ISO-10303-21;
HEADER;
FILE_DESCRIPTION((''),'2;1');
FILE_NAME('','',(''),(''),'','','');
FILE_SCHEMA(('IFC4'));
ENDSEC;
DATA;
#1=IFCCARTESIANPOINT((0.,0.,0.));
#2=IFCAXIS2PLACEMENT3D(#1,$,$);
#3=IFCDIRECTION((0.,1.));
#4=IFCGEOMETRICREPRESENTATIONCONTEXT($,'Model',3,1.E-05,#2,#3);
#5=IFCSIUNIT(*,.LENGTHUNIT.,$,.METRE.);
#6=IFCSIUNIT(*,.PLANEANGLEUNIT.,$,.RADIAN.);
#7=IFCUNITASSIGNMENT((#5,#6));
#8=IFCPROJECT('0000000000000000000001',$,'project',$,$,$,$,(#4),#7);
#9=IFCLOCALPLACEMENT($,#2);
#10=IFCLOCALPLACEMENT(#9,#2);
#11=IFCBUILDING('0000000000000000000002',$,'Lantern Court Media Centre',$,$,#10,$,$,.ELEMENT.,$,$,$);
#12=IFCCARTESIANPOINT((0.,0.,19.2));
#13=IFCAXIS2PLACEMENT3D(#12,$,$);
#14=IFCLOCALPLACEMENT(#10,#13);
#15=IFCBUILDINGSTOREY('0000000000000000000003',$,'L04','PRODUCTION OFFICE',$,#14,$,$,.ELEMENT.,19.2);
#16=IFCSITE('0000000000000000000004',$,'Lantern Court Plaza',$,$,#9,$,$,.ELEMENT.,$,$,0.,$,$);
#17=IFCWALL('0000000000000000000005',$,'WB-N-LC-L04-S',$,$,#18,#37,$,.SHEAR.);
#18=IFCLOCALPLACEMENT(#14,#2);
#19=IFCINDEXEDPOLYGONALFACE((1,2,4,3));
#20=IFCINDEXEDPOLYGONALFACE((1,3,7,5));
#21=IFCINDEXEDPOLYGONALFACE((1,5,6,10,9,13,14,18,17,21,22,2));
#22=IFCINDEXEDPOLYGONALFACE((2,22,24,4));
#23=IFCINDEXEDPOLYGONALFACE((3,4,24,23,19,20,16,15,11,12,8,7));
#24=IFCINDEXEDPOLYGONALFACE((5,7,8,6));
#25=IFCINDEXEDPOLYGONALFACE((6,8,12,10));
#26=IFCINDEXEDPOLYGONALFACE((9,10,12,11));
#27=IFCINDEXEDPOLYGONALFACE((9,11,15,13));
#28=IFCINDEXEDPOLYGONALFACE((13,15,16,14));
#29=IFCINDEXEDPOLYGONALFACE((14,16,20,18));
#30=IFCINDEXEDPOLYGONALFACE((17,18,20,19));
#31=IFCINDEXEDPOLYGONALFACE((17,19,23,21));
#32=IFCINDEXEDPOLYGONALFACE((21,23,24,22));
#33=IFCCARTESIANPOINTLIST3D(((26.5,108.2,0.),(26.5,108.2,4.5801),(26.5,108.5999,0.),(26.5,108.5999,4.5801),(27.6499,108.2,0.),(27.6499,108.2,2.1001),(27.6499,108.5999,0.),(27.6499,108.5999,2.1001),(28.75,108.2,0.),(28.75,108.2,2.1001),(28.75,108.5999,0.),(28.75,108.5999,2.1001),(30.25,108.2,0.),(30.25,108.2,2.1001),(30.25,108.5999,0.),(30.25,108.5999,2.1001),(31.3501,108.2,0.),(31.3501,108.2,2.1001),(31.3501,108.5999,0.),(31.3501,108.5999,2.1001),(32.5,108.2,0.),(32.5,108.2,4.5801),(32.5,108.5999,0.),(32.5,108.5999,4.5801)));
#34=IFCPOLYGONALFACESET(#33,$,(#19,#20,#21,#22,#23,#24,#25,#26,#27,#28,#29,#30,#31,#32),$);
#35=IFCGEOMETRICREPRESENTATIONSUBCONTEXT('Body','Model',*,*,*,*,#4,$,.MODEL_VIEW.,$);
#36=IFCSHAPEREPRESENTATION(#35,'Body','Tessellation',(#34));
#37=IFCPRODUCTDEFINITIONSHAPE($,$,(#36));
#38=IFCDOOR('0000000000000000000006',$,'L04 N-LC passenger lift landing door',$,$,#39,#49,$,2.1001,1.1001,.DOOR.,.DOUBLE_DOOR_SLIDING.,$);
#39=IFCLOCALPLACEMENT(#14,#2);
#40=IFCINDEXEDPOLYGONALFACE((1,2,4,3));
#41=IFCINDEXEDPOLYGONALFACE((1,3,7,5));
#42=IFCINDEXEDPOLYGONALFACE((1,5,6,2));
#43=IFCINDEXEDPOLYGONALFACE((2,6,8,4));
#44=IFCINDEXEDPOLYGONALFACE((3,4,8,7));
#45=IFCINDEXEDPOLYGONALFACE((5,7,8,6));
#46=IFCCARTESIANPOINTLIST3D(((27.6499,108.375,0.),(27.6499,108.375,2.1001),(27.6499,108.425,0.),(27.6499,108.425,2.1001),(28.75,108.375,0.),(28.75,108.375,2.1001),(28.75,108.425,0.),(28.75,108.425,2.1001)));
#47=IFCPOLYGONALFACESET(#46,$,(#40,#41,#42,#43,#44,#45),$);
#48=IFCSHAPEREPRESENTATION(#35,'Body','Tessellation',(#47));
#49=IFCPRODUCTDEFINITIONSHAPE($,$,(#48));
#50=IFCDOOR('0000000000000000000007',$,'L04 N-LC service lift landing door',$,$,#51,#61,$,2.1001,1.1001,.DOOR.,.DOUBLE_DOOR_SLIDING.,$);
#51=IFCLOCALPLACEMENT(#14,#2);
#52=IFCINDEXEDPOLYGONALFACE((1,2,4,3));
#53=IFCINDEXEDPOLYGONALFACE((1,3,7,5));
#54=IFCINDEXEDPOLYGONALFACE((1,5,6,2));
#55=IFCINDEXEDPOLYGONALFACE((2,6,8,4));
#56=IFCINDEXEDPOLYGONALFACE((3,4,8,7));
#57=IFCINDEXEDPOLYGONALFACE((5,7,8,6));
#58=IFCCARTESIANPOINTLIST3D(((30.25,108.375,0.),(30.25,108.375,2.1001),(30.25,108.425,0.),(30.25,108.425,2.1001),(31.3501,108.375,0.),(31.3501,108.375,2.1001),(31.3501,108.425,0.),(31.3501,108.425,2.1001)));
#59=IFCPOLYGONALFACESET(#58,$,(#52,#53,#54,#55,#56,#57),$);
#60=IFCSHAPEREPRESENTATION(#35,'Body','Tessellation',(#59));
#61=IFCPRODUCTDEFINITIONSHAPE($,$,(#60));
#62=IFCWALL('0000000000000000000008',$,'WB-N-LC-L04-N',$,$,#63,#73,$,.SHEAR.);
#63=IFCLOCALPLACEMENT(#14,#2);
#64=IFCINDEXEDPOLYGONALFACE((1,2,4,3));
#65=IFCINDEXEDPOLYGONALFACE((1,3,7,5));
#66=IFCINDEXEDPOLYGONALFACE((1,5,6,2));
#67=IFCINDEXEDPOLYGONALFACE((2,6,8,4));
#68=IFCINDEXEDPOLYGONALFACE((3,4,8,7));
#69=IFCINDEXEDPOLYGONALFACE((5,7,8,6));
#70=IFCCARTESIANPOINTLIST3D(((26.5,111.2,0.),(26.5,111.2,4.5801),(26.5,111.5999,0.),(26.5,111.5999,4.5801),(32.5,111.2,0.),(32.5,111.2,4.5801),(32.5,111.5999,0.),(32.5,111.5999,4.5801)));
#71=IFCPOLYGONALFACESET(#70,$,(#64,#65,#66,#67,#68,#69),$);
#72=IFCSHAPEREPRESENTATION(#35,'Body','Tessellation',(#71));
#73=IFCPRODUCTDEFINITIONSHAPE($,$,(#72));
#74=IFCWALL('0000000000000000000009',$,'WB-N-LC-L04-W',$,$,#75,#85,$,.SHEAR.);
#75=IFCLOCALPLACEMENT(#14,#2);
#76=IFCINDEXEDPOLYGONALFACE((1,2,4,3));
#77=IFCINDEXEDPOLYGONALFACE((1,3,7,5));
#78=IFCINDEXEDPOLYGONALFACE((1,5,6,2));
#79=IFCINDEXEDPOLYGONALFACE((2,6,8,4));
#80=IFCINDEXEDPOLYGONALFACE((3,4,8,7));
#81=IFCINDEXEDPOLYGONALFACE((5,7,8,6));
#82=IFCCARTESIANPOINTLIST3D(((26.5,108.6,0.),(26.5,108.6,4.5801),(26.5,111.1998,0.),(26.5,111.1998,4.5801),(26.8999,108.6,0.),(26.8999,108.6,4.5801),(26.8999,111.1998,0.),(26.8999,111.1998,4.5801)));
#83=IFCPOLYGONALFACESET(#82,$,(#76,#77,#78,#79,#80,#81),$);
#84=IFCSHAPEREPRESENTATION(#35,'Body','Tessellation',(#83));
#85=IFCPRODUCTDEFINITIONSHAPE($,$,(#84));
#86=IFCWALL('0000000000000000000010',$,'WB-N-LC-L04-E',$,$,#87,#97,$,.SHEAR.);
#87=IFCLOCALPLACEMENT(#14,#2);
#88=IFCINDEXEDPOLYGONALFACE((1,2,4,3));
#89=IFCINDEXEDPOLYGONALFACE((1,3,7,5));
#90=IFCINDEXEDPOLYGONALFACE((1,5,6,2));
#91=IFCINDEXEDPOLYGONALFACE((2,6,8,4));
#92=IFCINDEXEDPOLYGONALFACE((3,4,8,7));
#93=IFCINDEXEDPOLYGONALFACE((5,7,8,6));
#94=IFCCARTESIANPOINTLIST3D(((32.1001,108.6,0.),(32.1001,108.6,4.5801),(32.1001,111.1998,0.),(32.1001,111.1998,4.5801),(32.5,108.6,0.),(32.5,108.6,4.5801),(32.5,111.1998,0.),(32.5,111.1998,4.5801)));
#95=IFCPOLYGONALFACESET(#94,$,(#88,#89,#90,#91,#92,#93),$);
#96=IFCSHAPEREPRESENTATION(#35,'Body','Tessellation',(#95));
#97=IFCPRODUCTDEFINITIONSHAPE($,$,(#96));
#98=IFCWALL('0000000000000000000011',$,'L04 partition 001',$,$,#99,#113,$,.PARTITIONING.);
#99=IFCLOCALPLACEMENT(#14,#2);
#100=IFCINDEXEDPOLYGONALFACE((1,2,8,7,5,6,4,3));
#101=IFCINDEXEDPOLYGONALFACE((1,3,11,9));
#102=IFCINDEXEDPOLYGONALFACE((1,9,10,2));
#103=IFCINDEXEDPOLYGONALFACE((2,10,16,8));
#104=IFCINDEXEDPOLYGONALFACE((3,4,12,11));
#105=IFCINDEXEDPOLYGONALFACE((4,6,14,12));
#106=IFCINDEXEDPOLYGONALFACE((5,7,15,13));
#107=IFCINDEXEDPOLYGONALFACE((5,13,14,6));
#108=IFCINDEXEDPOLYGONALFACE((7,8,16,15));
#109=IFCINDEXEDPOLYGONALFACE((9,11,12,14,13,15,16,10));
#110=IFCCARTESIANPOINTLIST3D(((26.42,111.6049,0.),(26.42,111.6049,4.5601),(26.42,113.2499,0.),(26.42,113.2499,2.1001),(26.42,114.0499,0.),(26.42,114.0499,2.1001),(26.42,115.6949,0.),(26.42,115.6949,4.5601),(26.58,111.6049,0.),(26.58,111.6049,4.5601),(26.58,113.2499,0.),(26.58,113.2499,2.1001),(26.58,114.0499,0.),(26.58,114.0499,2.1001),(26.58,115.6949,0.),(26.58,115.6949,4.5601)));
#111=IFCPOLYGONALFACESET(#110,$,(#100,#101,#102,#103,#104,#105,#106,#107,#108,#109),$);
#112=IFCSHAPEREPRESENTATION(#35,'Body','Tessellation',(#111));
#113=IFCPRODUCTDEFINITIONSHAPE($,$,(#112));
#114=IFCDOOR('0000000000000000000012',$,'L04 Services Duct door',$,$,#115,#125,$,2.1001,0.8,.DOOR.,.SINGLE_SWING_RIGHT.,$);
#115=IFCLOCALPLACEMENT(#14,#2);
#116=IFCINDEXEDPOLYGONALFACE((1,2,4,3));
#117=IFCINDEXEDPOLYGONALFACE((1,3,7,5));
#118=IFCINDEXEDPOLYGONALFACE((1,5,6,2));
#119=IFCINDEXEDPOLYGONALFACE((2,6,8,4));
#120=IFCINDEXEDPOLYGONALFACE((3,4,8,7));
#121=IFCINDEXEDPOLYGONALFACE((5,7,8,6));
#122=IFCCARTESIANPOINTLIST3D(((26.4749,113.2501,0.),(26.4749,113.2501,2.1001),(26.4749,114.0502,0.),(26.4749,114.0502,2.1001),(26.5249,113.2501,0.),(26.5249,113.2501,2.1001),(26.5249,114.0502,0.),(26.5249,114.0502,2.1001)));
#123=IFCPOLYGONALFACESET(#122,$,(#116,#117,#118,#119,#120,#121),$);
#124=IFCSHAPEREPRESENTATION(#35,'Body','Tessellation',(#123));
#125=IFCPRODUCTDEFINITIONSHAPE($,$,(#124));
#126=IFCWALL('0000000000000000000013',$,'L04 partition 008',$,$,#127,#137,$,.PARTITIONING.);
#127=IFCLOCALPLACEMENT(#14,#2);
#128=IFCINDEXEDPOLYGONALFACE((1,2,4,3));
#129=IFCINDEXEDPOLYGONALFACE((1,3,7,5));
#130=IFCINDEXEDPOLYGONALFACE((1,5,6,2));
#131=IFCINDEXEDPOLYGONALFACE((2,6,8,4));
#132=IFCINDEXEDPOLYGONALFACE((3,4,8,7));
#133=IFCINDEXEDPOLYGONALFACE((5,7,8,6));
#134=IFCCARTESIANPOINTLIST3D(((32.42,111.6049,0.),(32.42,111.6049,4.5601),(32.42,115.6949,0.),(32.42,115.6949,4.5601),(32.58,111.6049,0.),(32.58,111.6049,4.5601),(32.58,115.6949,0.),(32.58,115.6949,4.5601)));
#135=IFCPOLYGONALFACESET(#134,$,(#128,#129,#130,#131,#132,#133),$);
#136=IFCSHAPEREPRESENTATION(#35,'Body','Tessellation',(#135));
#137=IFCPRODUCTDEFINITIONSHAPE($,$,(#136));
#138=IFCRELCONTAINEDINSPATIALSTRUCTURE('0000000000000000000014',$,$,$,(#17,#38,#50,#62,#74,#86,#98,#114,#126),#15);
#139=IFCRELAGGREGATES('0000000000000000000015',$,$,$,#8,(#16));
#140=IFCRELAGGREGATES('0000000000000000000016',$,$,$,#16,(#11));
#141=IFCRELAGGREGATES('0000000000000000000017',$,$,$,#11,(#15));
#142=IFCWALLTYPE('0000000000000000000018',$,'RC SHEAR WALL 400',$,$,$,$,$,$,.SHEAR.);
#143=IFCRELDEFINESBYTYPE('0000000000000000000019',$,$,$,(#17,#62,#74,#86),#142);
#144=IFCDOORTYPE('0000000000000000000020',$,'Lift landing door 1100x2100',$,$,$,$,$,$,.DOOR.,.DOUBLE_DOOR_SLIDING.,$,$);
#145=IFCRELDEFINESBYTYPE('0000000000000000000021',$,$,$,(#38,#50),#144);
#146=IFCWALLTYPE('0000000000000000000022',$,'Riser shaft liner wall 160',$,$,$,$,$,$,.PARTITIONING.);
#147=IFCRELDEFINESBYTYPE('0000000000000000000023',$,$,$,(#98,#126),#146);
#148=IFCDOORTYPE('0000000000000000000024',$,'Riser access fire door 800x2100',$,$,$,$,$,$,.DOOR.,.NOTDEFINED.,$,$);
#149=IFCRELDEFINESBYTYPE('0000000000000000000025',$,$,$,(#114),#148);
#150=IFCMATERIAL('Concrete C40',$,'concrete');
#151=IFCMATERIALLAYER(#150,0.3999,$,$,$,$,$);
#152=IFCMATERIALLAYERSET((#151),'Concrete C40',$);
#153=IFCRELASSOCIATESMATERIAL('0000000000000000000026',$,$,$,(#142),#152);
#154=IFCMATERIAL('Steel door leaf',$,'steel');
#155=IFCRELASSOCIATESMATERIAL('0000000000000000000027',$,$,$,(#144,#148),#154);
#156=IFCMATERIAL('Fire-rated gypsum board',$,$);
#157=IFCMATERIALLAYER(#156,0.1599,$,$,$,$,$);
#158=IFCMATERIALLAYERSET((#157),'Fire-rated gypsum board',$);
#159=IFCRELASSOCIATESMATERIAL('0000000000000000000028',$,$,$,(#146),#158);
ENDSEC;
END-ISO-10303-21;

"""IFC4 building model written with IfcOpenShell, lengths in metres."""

from ifc_helpers import new_model, si_unit, direction, frame, frame_2d, origin, place, context, subcontext, project, spatial, rectangle, extrude, material, layer, layer_set, type_object, element, fill, save


model = new_model("IFC4")

# Units and contexts
model_context = context("Model", 3, precision=1e-05, world=origin(), true_north=direction((0.0, 1.0)))
body_context = subcontext(model_context, "Body", "Model", "MODEL_VIEW")
ifc_project = project(units=[si_unit("LENGTHUNIT", "METRE"), si_unit("PLANEANGLEUNIT", "RADIAN")], contexts=[model_context])

# Site, building, storey
site_placement = place(None, origin())
site = spatial("IfcSite", under=ifc_project, at=site_placement, Name="Lantern Court Plaza", CompositionType="ELEMENT", RefElevation=0.0)
building_placement = place(site_placement, origin())
building = spatial("IfcBuilding", under=site, at=building_placement, Name="Lantern Court Media Centre", CompositionType="ELEMENT")
storey_placement = place(building_placement, frame((0.0, 0.0, 19.2)))
storey = spatial("IfcBuildingStorey", under=building, at=storey_placement, Name="L04", Description="PRODUCTION OFFICE", CompositionType="ELEMENT", Elevation=19.2)

# Shared definitions
ifc_material_1 = material(Name="Concrete C40", Category="concrete")

# Wall, openings, doors
ifc_layer_1 = layer(ifc_material_1, 0.3999)
ifc_layer_set_1 = layer_set([ifc_layer_1], Name="Concrete C40")
wall_type_1 = type_object("IfcWallType", Name="RC SHEAR WALL 400", PredefinedType="SHEAR", material=ifc_layer_set_1)
wall_1_placement = place(storey_placement, frame((26.5, 108.3999, 0.0), z_axis=(0.0, 0.0, 1.0), x_axis=(1.0, 0.0, 0.0)))
wall_1 = element("IfcWall", 1, at=wall_1_placement, inside=storey, type_object=wall_type_1, Name="WB-N-LC-L04-S", PredefinedType="SHEAR", context=body_context, shape_type="SweptSolid", body=[
    extrude(rectangle(XDim=6.0, YDim=0.3999, at=frame_2d((3.0, 0.0))), origin(), (0.0, 0.0, 1.0), 4.5801),
])
opening_1_placement = place(wall_1_placement, frame((1.1499, 0.0, 0.0)))
opening_1 = element("IfcOpeningElement", 2, at=opening_1_placement, cuts=wall_1, PredefinedType="OPENING", context=body_context, shape_type="SweptSolid", body=[
    extrude(rectangle(XDim=1.1001, YDim=2.1001, at=frame_2d((0.55, 1.05))), frame((0.0, 0.21, 0.0), z_axis=(0.0, -1.0, 0.0), x_axis=(1.0, 0.0, 0.0)), (0.0, 0.0, 1.0), 0.4199),
])
opening_2_placement = place(wall_1_placement, frame((3.75, 0.0, 0.0)))
opening_2 = element("IfcOpeningElement", 3, at=opening_2_placement, cuts=wall_1, PredefinedType="OPENING", context=body_context, shape_type="SweptSolid", body=[
    extrude(rectangle(XDim=1.1001, YDim=2.1001, at=frame_2d((0.55, 1.05))), frame((0.0, 0.21, 0.0), z_axis=(0.0, -1.0, 0.0), x_axis=(1.0, 0.0, 0.0)), (0.0, 0.0, 1.0), 0.4199),
])
ifc_material_2 = material(Name="Steel door leaf", Category="steel")
door_type_1 = type_object("IfcDoorType", Name="Lift landing door 1100x2100", OperationType="DOUBLE_DOOR_SLIDING", PredefinedType="DOOR", material=ifc_material_2)
door_1_placement = place(opening_1_placement, frame((1.1001, 0.0, 0.0), z_axis=(0.0, 0.0, 1.0), x_axis=(-1.0, 0.0, 0.0)))
door_1 = element("IfcDoor", 4, at=door_1_placement, inside=storey, type_object=door_type_1, Name="L04 N-LC passenger lift landing door", OperationType="DOUBLE_DOOR_SLIDING", OverallHeight=2.1001, OverallWidth=1.1001, PredefinedType="DOOR", context=body_context, shape_type="SweptSolid", body=[
    extrude(rectangle(XDim=1.1001, YDim=2.1001, at=frame_2d((0.55, 1.05))), frame((0.0, 0.0249, 0.0), z_axis=(0.0, -1.0, 0.0), x_axis=(1.0, 0.0, 0.0)), (0.0, 0.0, 1.0), 0.05),
])
fill(opening_1, door_1)
door_2_placement = place(opening_2_placement, frame((1.1001, 0.0, 0.0), z_axis=(0.0, 0.0, 1.0), x_axis=(-1.0, 0.0, 0.0)))
door_2 = element("IfcDoor", 5, at=door_2_placement, inside=storey, type_object=door_type_1, Name="L04 N-LC service lift landing door", OperationType="DOUBLE_DOOR_SLIDING", OverallHeight=2.1001, OverallWidth=1.1001, PredefinedType="DOOR", context=body_context, shape_type="SweptSolid", body=[
    extrude(rectangle(XDim=1.1001, YDim=2.1001, at=frame_2d((0.55, 1.05))), frame((0.0, 0.0249, 0.0), z_axis=(0.0, -1.0, 0.0), x_axis=(1.0, 0.0, 0.0)), (0.0, 0.0, 1.0), 0.05),
])
fill(opening_2, door_2)

# Walls
wall_2_placement = place(storey_placement, frame((26.5, 111.3999, 0.0), z_axis=(0.0, 0.0, 1.0), x_axis=(1.0, 0.0, 0.0)))
element("IfcWall", 6, at=wall_2_placement, inside=storey, type_object=wall_type_1, Name="WB-N-LC-L04-N", PredefinedType="SHEAR", context=body_context, shape_type="SweptSolid", body=[
    extrude(rectangle(XDim=6.0, YDim=0.3999, at=frame_2d((3.0, 0.0))), origin(), (0.0, 0.0, 1.0), 4.5801),
])
for number, where, z_axis, x_axis, name in (
    (7, (26.7, 108.6001, 0.0), (0.0, 0.0, 1.0), (0.0, 1.0, 0.0), "WB-N-LC-L04-W"),
    (8, (32.3, 108.6001, 0.0), (0.0, 0.0, 1.0), (0.0, 1.0, 0.0), "WB-N-LC-L04-E"),
):
    element("IfcWall", number, at=place(storey_placement, frame(where, z_axis=z_axis, x_axis=x_axis)), inside=storey, type_object=wall_type_1, Name=name, PredefinedType="SHEAR", context=body_context, shape_type="SweptSolid", body=[
        extrude(rectangle(XDim=2.5999, YDim=0.3999, at=frame_2d((1.2998, 0.0))), origin(), (0.0, 0.0, 1.0), 4.5801),
    ])

# Wall, opening, door
ifc_material_3 = material(Name="Fire-rated gypsum board")
ifc_layer_2 = layer(ifc_material_3, 0.1599)
ifc_layer_set_2 = layer_set([ifc_layer_2], Name="Fire-rated gypsum board")
wall_type_2 = type_object("IfcWallType", Name="Riser shaft liner wall 160", PredefinedType="PARTITIONING", material=ifc_layer_set_2)
wall_3_placement = place(storey_placement, frame((26.5, 111.605, 0.0), z_axis=(0.0, 0.0, 1.0), x_axis=(0.0, 1.0, 0.0)))
wall_3 = element("IfcWall", 9, at=wall_3_placement, inside=storey, type_object=wall_type_2, Name="L04 partition 001", PredefinedType="PARTITIONING", context=body_context, shape_type="SweptSolid", body=[
    extrude(rectangle(XDim=4.0901, YDim=0.1599, at=frame_2d((2.0449, 0.0))), origin(), (0.0, 0.0, 1.0), 4.5601),
])
opening_3_placement = place(wall_3_placement, frame((1.645, 0.0, 0.0)))
opening_3 = element("IfcOpeningElement", 10, at=opening_3_placement, cuts=wall_3, PredefinedType="OPENING", context=body_context, shape_type="SweptSolid", body=[
    extrude(rectangle(XDim=0.8, YDim=2.1001, at=frame_2d((0.3999, 1.05))), frame((0.0, 0.0898, 0.0), z_axis=(0.0, -1.0, 0.0), x_axis=(1.0, 0.0, 0.0)), (0.0, 0.0, 1.0), 0.1799),
])
door_type_2 = type_object("IfcDoorType", Name="Riser access fire door 800x2100", OperationType="NOTDEFINED", PredefinedType="DOOR", material=ifc_material_2)
door_3_placement = place(opening_3_placement, frame((0.8, 0.0, 0.0), z_axis=(0.0, 0.0, 1.0), x_axis=(-1.0, 0.0, 0.0)))
door_3 = element("IfcDoor", 11, at=door_3_placement, inside=storey, type_object=door_type_2, Name="L04 Services Duct door", OperationType="SINGLE_SWING_RIGHT", OverallHeight=2.1001, OverallWidth=0.8, PredefinedType="DOOR", context=body_context, shape_type="SweptSolid", body=[
    extrude(rectangle(XDim=0.8, YDim=2.1001, at=frame_2d((0.3999, 1.05))), frame((0.0, 0.0249, 0.0), z_axis=(0.0, -1.0, 0.0), x_axis=(1.0, 0.0, 0.0)), (0.0, 0.0, 1.0), 0.05),
])
fill(opening_3, door_3)

# Wall
wall_4_placement = place(storey_placement, frame((32.5, 111.605, 0.0), z_axis=(0.0, 0.0, 1.0), x_axis=(0.0, 1.0, 0.0)))
element("IfcWall", 12, at=wall_4_placement, inside=storey, type_object=wall_type_2, Name="L04 partition 008", PredefinedType="PARTITIONING", context=body_context, shape_type="SweptSolid", body=[
    extrude(rectangle(XDim=4.0901, YDim=0.1599, at=frame_2d((2.0449, 0.0))), origin(), (0.0, 0.0, 1.0), 4.5601),
])

save(model, "model.ifc")
